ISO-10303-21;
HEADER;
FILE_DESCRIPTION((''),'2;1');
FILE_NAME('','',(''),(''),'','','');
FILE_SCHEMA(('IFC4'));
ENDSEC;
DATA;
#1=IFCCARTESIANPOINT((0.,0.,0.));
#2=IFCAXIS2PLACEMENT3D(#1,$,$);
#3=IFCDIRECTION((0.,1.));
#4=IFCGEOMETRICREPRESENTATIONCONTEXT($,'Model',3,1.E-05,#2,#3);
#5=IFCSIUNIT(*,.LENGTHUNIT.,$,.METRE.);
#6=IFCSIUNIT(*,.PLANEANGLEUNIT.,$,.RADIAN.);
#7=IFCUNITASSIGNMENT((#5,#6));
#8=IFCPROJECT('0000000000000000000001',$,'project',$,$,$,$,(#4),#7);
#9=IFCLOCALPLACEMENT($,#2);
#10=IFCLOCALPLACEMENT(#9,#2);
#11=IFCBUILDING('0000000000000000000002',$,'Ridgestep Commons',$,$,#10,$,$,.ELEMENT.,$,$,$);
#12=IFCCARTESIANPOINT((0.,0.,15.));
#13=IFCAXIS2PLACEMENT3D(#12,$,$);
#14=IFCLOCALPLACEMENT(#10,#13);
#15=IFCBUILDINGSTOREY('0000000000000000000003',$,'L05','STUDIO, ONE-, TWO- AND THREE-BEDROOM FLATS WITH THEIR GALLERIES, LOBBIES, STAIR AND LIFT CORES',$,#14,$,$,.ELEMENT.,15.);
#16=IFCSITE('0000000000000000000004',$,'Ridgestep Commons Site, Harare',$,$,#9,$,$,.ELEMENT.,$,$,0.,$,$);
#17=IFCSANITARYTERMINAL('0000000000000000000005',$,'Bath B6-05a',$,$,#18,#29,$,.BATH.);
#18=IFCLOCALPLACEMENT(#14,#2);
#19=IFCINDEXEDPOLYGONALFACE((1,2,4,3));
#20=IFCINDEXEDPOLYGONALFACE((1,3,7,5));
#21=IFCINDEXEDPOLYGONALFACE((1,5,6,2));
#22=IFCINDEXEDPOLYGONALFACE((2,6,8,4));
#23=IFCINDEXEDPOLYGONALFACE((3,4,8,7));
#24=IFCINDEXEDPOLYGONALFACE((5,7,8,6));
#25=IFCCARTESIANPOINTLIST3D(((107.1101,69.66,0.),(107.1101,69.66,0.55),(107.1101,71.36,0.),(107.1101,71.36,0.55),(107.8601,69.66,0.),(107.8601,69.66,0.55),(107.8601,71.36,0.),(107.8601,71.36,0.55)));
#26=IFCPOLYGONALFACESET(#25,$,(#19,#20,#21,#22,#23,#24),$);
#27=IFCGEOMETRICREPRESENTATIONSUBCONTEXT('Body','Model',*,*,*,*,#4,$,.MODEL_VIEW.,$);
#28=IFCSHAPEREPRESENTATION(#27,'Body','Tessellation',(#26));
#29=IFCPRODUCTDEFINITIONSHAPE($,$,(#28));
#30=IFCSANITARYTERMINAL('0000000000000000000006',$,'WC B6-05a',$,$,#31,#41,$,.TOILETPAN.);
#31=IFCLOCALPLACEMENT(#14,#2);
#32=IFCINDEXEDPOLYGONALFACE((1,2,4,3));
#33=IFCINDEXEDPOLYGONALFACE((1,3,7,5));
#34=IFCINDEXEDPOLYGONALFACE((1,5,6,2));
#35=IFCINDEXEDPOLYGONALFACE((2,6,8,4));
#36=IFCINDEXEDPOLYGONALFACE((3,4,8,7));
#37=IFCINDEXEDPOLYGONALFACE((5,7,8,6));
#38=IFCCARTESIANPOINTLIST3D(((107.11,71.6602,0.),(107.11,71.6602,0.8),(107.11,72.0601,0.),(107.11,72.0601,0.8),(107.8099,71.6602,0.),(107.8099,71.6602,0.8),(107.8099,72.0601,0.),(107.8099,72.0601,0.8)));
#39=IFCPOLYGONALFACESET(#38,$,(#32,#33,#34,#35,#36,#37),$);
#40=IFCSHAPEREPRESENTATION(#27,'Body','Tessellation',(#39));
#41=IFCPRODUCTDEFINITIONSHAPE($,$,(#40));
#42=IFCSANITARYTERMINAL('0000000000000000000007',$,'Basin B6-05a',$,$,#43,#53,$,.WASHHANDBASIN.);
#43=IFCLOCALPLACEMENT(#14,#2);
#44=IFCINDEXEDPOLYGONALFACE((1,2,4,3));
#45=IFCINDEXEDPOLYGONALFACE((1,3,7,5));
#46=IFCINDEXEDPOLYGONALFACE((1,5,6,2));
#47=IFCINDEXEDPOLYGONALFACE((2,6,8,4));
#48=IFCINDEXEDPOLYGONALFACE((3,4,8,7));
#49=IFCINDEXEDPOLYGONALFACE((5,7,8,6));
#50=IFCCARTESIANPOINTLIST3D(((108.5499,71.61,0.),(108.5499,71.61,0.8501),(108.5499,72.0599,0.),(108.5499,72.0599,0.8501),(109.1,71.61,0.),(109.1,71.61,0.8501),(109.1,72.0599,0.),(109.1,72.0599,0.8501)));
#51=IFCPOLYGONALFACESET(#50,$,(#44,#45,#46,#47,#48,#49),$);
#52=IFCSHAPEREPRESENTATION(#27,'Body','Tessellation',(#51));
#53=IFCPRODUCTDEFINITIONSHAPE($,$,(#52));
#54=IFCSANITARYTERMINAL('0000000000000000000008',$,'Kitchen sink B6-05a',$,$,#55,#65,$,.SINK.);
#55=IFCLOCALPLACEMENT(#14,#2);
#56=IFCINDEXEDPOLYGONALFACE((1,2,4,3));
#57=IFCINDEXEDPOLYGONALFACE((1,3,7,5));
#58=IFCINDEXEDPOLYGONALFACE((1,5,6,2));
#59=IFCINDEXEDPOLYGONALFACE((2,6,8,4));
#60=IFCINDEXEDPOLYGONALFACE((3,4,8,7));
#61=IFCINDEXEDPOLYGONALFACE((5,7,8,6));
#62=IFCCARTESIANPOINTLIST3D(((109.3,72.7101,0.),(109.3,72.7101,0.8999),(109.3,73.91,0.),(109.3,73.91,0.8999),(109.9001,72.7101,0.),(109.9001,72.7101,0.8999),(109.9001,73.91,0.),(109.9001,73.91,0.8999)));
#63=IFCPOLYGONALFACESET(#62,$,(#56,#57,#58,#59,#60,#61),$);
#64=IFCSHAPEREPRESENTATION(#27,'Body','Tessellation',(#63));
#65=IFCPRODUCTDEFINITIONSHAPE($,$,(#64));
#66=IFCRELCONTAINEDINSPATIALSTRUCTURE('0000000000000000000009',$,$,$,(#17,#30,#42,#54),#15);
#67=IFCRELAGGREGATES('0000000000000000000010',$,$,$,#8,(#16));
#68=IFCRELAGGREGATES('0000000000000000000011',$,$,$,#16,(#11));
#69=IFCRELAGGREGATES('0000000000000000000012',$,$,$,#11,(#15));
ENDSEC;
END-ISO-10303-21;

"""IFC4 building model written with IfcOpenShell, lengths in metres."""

from ifc_helpers import new_model, si_unit, direction, frame, origin, origin_2d, place, context, subcontext, project, spatial, rectangle, extrude, element, save


model = new_model("IFC4")

# Units and contexts
model_context = context("Model", 3, precision=1e-05, world=origin(), true_north=direction((0.0, 1.0)))
body_context = subcontext(model_context, "Body", "Model", "MODEL_VIEW")
ifc_project = project(units=[si_unit("LENGTHUNIT", "METRE"), si_unit("PLANEANGLEUNIT", "RADIAN")], contexts=[model_context])

# Site, building, storey
site_placement = place(None, origin())
site = spatial("IfcSite", under=ifc_project, at=site_placement, Name="Ridgestep Commons Site, Harare", CompositionType="ELEMENT", RefElevation=0.0)
building_placement = place(site_placement, origin())
building = spatial("IfcBuilding", under=site, at=building_placement, Name="Ridgestep Commons", CompositionType="ELEMENT")
storey_placement = place(building_placement, frame((0.0, 0.0, 15.0)))
storey = spatial("IfcBuildingStorey", under=building, at=storey_placement, Name="L05", Description="STUDIO, ONE-, TWO- AND THREE-BEDROOM FLATS WITH THEIR GALLERIES, LOBBIES, STAIR AND LIFT CORES", CompositionType="ELEMENT", Elevation=15.0)

# Sanitary terminals
sanitary_terminal_1_placement = place(storey_placement, frame((107.4851, 70.51, 0.0), z_axis=(0.0, 0.0, 1.0), x_axis=(1.0, 0.0, 0.0)))
element("IfcSanitaryTerminal", 1, at=sanitary_terminal_1_placement, inside=storey, Name="Bath B6-05a", PredefinedType="BATH", context=body_context, shape_type="SweptSolid", body=[
    extrude(rectangle(XDim=0.75, YDim=1.7, at=origin_2d()), origin(), (0.0, 0.0, 1.0), 0.55),
])
sanitary_terminal_2_placement = place(storey_placement, frame((107.46, 71.8601, 0.0), z_axis=(0.0, 0.0, 1.0), x_axis=(1.0, 0.0, 0.0)))
element("IfcSanitaryTerminal", 2, at=sanitary_terminal_2_placement, inside=storey, Name="WC B6-05a", PredefinedType="TOILETPAN", context=body_context, shape_type="SweptSolid", body=[
    extrude(rectangle(XDim=0.7, YDim=0.3999, at=origin_2d()), origin(), (0.0, 0.0, 1.0), 0.8),
])
sanitary_terminal_3_placement = place(storey_placement, frame((108.825, 71.835, 0.0), z_axis=(0.0, 0.0, 1.0), x_axis=(1.0, 0.0, 0.0)))
element("IfcSanitaryTerminal", 3, at=sanitary_terminal_3_placement, inside=storey, Name="Basin B6-05a", PredefinedType="WASHHANDBASIN", context=body_context, shape_type="SweptSolid", body=[
    extrude(rectangle(XDim=0.55, YDim=0.45, at=origin_2d()), origin(), (0.0, 0.0, 1.0), 0.8501),
])
sanitary_terminal_4_placement = place(storey_placement, frame((109.6001, 73.3101, 0.0), z_axis=(0.0, 0.0, 1.0), x_axis=(1.0, 0.0, 0.0)))
element("IfcSanitaryTerminal", 4, at=sanitary_terminal_4_placement, inside=storey, Name="Kitchen sink B6-05a", PredefinedType="SINK", context=body_context, shape_type="SweptSolid", body=[
    extrude(rectangle(XDim=0.6001, YDim=1.2, at=origin_2d()), origin(), (0.0, 0.0, 1.0), 0.8999),
])

save(model, "model.ifc")
